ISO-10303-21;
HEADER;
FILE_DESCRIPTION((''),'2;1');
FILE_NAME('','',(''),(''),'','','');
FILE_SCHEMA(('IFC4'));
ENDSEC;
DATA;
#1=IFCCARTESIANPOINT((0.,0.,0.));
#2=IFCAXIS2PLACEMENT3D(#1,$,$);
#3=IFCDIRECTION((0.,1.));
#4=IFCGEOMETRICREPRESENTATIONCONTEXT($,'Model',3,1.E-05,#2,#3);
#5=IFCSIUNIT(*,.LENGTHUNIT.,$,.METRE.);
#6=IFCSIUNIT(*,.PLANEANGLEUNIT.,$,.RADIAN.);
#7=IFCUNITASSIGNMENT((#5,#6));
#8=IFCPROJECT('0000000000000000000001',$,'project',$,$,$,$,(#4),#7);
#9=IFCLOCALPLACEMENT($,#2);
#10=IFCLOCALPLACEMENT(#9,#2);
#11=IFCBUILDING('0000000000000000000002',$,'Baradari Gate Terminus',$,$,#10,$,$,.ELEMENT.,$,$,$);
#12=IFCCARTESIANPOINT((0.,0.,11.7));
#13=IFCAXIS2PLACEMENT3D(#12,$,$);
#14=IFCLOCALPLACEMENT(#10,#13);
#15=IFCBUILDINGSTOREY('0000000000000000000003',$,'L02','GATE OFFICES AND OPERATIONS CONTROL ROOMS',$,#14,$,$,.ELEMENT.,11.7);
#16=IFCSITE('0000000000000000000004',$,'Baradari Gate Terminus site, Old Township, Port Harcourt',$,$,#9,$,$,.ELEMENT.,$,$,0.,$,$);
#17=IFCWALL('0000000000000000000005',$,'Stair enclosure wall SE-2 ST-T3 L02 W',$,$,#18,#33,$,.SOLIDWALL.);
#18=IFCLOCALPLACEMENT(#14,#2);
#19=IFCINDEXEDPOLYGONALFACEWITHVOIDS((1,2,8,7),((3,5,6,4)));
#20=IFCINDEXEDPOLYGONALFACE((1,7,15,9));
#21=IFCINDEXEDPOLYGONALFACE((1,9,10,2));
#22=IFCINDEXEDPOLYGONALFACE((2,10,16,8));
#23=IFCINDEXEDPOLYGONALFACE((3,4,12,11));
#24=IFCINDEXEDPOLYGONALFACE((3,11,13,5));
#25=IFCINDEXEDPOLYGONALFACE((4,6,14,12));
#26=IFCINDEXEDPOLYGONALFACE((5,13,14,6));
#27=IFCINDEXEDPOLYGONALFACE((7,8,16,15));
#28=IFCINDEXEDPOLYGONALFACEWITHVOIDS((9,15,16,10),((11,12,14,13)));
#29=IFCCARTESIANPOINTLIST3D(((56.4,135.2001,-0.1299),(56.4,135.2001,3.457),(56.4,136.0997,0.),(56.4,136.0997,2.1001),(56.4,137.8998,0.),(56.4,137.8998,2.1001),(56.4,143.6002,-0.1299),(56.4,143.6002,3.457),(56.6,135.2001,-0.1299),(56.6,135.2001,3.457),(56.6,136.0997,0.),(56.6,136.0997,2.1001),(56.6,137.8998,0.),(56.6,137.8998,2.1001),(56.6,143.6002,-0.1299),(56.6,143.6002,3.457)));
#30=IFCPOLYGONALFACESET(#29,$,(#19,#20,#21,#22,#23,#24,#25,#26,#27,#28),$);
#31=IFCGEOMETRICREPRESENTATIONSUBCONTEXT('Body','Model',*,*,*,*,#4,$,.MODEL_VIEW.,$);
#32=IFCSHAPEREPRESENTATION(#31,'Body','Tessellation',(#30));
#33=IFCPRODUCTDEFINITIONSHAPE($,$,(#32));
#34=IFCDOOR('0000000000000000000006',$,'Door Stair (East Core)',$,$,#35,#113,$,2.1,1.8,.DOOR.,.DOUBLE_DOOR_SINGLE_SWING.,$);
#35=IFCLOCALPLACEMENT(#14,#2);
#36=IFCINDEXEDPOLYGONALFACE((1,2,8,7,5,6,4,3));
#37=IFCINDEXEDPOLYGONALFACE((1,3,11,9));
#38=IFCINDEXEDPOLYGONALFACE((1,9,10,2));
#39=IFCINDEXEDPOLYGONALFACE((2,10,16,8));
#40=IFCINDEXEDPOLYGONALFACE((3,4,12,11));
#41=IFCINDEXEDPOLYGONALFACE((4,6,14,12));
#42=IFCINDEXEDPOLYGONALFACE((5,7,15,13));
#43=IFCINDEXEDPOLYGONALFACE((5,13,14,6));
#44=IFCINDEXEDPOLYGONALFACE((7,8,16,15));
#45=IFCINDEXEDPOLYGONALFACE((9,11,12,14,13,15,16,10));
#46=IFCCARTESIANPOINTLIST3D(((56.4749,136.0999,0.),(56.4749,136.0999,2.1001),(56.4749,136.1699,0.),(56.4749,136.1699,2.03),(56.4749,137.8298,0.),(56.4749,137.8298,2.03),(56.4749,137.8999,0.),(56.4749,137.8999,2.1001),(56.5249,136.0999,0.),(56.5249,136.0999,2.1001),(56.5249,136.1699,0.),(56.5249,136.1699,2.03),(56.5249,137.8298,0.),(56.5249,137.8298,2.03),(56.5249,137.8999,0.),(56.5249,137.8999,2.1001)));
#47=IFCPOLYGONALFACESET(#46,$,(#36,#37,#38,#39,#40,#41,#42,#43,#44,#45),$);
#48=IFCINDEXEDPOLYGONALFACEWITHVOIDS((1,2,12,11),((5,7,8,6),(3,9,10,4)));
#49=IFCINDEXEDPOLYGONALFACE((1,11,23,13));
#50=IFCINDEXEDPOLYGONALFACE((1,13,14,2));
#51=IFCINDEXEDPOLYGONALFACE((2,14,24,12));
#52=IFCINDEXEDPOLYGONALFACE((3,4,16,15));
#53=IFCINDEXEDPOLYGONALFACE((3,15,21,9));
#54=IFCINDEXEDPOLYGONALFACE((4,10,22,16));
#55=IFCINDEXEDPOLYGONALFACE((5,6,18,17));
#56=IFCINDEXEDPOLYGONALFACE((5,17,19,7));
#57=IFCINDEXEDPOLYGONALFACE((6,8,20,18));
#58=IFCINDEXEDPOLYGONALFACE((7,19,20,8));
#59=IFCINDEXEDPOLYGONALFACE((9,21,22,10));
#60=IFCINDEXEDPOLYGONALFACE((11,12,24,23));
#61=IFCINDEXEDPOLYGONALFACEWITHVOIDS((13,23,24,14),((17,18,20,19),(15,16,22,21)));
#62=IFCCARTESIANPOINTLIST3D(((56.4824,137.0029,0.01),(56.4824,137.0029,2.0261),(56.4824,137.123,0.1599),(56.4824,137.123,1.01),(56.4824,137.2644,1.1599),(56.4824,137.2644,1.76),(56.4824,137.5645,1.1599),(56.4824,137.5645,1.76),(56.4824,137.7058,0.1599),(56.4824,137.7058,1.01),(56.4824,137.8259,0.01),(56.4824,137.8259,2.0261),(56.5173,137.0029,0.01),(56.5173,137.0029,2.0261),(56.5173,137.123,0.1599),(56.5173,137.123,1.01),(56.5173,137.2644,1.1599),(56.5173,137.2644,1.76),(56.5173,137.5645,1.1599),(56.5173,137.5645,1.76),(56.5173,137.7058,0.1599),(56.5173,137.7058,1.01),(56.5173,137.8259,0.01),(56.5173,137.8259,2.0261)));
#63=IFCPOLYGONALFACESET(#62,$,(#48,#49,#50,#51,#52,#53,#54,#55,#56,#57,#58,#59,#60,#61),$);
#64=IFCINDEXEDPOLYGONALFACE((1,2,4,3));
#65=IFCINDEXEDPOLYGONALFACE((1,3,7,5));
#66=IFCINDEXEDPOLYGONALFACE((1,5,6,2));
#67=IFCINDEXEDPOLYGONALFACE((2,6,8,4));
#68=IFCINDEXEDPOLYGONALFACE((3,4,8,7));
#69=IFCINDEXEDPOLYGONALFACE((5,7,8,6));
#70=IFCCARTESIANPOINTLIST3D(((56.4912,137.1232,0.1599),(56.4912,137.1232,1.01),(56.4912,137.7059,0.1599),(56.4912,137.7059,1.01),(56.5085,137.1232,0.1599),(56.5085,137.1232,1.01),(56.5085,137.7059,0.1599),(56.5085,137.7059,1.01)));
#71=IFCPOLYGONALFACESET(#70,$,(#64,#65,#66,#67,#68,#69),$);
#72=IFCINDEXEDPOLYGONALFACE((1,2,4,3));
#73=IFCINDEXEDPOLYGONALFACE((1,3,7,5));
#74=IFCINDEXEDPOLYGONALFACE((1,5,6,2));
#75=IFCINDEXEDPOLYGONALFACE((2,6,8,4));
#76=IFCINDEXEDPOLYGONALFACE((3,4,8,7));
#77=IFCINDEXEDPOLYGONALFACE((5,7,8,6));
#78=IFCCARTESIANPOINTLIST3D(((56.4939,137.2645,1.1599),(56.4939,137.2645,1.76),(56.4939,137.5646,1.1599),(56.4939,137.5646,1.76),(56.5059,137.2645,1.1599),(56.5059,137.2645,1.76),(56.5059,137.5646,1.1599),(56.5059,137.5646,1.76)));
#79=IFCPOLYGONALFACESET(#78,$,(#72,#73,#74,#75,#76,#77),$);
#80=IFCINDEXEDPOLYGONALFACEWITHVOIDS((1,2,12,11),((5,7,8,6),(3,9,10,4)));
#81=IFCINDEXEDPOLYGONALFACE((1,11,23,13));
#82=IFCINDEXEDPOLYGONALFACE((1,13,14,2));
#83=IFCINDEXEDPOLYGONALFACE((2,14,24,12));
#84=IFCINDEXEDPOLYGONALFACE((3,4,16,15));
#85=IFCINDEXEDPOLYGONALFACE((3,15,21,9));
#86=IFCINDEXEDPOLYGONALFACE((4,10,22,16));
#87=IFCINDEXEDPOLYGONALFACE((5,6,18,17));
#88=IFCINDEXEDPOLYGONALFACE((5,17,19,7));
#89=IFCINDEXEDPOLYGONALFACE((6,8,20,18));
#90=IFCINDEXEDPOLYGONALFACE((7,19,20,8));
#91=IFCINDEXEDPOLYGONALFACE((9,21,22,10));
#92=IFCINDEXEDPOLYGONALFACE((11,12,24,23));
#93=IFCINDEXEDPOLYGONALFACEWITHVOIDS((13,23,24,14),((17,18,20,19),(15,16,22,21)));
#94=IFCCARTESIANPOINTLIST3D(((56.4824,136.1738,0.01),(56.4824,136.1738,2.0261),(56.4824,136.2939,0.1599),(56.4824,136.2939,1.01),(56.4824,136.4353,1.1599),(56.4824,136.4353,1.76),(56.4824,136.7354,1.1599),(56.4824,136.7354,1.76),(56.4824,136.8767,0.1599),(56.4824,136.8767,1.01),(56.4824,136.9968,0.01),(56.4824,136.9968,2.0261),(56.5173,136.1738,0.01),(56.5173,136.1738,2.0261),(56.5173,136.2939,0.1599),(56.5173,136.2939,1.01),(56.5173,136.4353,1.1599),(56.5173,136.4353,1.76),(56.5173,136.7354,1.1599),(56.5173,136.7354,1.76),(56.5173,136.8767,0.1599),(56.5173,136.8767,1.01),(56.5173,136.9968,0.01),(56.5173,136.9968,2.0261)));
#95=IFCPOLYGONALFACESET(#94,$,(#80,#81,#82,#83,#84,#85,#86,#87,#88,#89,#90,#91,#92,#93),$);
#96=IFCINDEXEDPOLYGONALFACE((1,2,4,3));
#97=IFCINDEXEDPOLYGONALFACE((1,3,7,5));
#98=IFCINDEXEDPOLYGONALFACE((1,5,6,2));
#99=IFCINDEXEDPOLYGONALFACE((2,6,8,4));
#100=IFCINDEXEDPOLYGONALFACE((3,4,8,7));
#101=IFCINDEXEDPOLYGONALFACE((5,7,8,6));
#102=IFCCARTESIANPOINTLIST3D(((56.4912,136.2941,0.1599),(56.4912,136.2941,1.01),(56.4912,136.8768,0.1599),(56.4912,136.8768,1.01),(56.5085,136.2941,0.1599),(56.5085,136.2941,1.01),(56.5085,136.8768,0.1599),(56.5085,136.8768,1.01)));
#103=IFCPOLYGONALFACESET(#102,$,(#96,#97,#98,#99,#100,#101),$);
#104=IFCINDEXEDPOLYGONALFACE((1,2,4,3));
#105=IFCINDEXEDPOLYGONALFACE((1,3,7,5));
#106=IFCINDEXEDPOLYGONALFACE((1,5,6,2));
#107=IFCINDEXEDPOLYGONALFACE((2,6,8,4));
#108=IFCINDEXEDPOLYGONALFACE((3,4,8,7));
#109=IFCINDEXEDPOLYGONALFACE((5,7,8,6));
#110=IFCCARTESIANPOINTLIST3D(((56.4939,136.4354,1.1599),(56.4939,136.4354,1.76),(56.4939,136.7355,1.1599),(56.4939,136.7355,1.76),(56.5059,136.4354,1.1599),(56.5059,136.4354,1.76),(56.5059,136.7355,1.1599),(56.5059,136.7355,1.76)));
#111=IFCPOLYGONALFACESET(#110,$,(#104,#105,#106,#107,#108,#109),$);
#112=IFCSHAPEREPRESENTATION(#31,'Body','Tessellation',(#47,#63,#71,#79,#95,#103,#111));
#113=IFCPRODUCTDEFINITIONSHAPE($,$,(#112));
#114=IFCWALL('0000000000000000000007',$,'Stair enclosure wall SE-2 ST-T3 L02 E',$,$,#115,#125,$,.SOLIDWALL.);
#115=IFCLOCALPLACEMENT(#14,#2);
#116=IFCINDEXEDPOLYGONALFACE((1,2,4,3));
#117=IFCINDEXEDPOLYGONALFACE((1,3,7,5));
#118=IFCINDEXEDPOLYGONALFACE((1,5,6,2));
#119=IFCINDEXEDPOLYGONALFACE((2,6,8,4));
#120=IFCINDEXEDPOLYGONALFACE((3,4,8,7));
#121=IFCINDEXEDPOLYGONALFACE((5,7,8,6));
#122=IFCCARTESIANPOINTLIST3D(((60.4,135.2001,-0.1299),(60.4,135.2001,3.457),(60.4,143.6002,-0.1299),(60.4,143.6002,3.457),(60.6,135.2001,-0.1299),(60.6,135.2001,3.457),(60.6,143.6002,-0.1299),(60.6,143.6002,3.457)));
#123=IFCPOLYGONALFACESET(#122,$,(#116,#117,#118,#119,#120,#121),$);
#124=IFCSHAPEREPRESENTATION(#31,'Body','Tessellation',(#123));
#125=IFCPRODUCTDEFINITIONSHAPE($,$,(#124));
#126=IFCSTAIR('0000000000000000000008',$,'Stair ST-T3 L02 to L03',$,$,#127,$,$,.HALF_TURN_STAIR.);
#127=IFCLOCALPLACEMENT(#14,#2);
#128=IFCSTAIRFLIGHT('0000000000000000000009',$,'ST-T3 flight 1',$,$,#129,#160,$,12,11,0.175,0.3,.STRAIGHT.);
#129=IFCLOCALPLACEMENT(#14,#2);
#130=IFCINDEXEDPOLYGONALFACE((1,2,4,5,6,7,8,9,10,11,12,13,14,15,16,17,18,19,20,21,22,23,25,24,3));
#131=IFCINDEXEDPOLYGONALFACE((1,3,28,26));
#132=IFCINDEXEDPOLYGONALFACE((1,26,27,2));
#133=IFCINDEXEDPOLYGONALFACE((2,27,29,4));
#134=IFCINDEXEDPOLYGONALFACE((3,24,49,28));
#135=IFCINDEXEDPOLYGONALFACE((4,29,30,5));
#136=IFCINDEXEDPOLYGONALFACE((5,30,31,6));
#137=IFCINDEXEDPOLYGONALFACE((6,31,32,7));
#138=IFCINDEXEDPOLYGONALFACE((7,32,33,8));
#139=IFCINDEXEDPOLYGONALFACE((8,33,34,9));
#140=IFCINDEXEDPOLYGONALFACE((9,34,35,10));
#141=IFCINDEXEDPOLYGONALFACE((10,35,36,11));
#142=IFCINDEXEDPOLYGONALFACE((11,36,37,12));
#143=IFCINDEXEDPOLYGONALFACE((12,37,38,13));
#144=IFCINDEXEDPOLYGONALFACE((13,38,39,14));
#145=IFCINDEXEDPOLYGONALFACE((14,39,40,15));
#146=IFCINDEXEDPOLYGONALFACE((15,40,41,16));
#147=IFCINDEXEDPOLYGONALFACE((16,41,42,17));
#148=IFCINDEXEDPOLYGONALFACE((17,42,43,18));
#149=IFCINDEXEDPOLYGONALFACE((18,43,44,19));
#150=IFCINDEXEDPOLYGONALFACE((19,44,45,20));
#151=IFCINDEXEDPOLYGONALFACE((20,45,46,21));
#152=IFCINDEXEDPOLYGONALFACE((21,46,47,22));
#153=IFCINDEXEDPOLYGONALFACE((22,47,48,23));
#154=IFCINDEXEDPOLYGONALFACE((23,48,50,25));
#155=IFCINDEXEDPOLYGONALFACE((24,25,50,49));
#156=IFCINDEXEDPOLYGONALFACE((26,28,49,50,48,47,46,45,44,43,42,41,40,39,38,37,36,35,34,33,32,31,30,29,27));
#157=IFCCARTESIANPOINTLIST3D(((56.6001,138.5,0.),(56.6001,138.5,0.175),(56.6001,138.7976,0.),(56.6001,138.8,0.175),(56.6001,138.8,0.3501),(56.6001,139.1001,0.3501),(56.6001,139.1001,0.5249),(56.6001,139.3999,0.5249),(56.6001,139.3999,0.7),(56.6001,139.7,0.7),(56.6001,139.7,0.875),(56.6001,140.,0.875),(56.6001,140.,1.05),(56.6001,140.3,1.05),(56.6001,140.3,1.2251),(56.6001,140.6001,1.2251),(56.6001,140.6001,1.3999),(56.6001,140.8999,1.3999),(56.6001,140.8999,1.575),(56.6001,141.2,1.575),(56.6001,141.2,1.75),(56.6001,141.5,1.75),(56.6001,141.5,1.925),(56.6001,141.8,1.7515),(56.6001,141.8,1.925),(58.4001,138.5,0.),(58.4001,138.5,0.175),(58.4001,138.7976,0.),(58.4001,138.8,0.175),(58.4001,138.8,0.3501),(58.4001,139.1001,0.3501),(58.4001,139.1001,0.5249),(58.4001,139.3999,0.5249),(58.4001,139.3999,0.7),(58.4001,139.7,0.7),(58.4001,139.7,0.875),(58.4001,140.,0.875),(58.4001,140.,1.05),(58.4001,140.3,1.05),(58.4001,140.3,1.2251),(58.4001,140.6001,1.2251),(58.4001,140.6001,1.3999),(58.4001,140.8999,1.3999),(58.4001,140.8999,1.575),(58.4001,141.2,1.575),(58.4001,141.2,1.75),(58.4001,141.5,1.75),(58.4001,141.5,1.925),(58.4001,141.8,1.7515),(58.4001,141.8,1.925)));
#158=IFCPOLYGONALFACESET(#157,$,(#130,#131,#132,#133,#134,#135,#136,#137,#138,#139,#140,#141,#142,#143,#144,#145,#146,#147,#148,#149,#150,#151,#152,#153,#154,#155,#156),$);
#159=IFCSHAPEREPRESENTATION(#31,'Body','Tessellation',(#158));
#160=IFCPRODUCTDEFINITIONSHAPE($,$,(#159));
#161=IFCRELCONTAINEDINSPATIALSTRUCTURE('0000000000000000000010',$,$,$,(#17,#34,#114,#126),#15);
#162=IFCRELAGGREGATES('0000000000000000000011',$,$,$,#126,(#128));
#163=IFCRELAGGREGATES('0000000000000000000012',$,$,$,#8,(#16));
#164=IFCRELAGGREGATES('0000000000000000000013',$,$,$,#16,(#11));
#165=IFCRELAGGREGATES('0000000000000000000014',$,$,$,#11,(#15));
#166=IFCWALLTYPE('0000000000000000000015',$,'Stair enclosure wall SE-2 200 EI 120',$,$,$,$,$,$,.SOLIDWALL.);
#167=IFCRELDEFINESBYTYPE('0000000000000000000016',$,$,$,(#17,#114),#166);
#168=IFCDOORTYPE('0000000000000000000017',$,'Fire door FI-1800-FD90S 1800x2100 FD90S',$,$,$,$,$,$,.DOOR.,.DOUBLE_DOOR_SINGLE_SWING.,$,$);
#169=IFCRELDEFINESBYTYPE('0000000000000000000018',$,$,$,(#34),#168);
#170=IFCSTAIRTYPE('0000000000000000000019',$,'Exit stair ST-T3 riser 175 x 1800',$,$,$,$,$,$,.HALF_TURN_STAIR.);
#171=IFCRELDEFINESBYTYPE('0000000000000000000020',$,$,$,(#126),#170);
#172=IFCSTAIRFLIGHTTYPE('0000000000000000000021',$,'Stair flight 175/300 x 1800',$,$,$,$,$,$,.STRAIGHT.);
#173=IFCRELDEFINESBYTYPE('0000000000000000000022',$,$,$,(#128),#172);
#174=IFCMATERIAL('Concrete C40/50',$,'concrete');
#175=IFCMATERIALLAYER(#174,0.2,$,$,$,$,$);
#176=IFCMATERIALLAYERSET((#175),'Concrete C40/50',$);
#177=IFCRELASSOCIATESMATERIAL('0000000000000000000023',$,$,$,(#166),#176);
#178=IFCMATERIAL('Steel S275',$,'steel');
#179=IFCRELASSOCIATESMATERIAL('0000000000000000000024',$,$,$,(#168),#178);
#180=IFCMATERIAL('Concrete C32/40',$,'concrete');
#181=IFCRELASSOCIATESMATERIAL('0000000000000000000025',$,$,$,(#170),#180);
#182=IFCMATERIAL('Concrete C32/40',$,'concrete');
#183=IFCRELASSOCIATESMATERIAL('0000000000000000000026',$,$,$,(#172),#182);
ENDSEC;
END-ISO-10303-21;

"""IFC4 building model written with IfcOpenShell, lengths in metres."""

from ifc_helpers import new_model, si_unit, direction, frame, frame_2d, origin, place, context, subcontext, project, spatial, polyline, rectangle, outline, extrude, material, layer, layer_set, type_object, element, fill, aggregate, save


model = new_model("IFC4")

# Units and contexts
model_context = context("Model", 3, precision=1e-05, world=origin(), true_north=direction((0.0, 1.0)))
body_context = subcontext(model_context, "Body", "Model", "MODEL_VIEW")
ifc_project = project(units=[si_unit("LENGTHUNIT", "METRE"), si_unit("PLANEANGLEUNIT", "RADIAN")], contexts=[model_context])

# Site, building, storey
site_placement = place(None, origin())
site = spatial("IfcSite", under=ifc_project, at=site_placement, Name="Baradari Gate Terminus site, Old Township, Port Harcourt", CompositionType="ELEMENT", RefElevation=0.0)
building_placement = place(site_placement, origin())
building = spatial("IfcBuilding", under=site, at=building_placement, Name="Baradari Gate Terminus", CompositionType="ELEMENT")
storey_placement = place(building_placement, frame((0.0, 0.0, 11.7)))
storey = spatial("IfcBuildingStorey", under=building, at=storey_placement, Name="L02", Description="GATE OFFICES AND OPERATIONS CONTROL ROOMS", CompositionType="ELEMENT", Elevation=11.7)

# Wall, opening, door
ifc_material_1 = material(Name="Concrete C40/50", Category="concrete")
ifc_layer_1 = layer(ifc_material_1, 0.2)
ifc_layer_set_1 = layer_set([ifc_layer_1], Name="Concrete C40/50")
wall_type_1 = type_object("IfcWallType", Name="Stair enclosure wall SE-2 200 EI 120", PredefinedType="SOLIDWALL", material=ifc_layer_set_1)
ifc_material_2 = material(Name="Steel S275", Category="steel")
door_type_1 = type_object("IfcDoorType", Name="Fire door FI-1800-FD90S 1800x2100 FD90S", OperationType="DOUBLE_DOOR_SINGLE_SWING", PredefinedType="DOOR", material=ifc_material_2)
wall_1_placement = place(storey_placement, frame((56.5, 135.2, -0.1299), z_axis=(0.0, 0.0, 1.0), x_axis=(0.0, 1.0, 0.0)))
wall_1 = element("IfcWall", 1, at=wall_1_placement, inside=storey, type_object=wall_type_1, Name="Stair enclosure wall SE-2 ST-T3 L02 W", PredefinedType="SOLIDWALL", context=body_context, shape_type="SweptSolid", body=[
    extrude(rectangle(XDim=8.4001, YDim=0.2, at=frame_2d((4.2002, 0.0))), origin(), (0.0, 0.0, 1.0), 3.5869),
])
opening_1_placement = place(wall_1_placement, frame((0.8999, 0.0, 0.1299)))
opening_1 = element("IfcOpeningElement", 2, at=opening_1_placement, cuts=wall_1, PredefinedType="OPENING", context=body_context, shape_type="SweptSolid", body=[
    extrude(rectangle(XDim=1.8, YDim=2.1001, at=frame_2d((0.8999, 1.05))), frame((0.0, 0.1099, 0.0), z_axis=(0.0, -1.0, 0.0), x_axis=(1.0, 0.0, 0.0)), (0.0, 0.0, 1.0), 0.22),
])
door_1_placement = place(opening_1_placement, frame((1.8, 0.0, 0.0), z_axis=(0.0, 0.0, 1.0), x_axis=(-1.0, 0.0, 0.0)))
door_1 = element("IfcDoor", 3, at=door_1_placement, inside=storey, type_object=door_type_1, Name="Door Stair (East Core)", OperationType="DOUBLE_DOOR_SINGLE_SWING", OverallHeight=2.1, OverallWidth=1.8, PredefinedType="DOOR", context=body_context, shape_type="SweptSolid", body=[
    extrude(outline(polyline([(0.0, 0.0), (0.0701, 0.0), (0.0701, 2.03), (1.73, 2.03), (1.73, 0.0), (1.8, 0.0), (1.8, 2.1001), (0.0, 2.1001), (0.0, 0.0)])), frame((0.0, 0.0249, 0.0), z_axis=(0.0, -1.0, 0.0), x_axis=(1.0, 0.0, 0.0)), (0.0, 0.0, 1.0), 0.05),
    extrude(outline(polyline([(0.074, 0.01), (0.897, 0.01), (0.897, 2.0261), (0.074, 2.0261), (0.074, 0.01)]), holes=[polyline([(0.1941, 0.1599), (0.7769, 0.1599), (0.7769, 1.01), (0.1941, 1.01), (0.1941, 0.1599)]), polyline([(0.3354, 1.1599), (0.6355, 1.1599), (0.6355, 1.76), (0.3354, 1.76), (0.3354, 1.1599)])]), frame((0.0, 0.0173, 0.0), z_axis=(0.0, -1.0, 0.0), x_axis=(1.0, 0.0, 0.0)), (0.0, 0.0, 1.0), 0.0349),
    extrude(rectangle(XDim=0.5828, YDim=0.8501, at=frame_2d((0.4854, 0.585))), frame((0.0, 0.0085, 0.0), z_axis=(0.0, -1.0, 0.0), x_axis=(1.0, 0.0, 0.0)), (0.0, 0.0, 1.0), 0.0173),
    extrude(rectangle(XDim=0.3, YDim=0.6001, at=frame_2d((0.4854, 1.46))), frame((0.0, 0.0059, 0.0), z_axis=(0.0, -1.0, 0.0), x_axis=(1.0, 0.0, 0.0)), (0.0, 0.0, 1.0), 0.012),
    extrude(outline(polyline([(0.9031, 0.01), (1.7261, 0.01), (1.7261, 2.0261), (0.9031, 2.0261), (0.9031, 0.01)]), holes=[polyline([(1.0232, 0.1599), (1.606, 0.1599), (1.606, 1.01), (1.0232, 1.01), (1.0232, 0.1599)]), polyline([(1.1646, 1.1599), (1.4646, 1.1599), (1.4646, 1.76), (1.1646, 1.76), (1.1646, 1.1599)])]), frame((0.0, 0.0173, 0.0), z_axis=(0.0, -1.0, 0.0), x_axis=(1.0, 0.0, 0.0)), (0.0, 0.0, 1.0), 0.0349),
    extrude(rectangle(XDim=0.5828, YDim=0.8501, at=frame_2d((1.3145, 0.585))), frame((0.0, 0.0085, 0.0), z_axis=(0.0, -1.0, 0.0), x_axis=(1.0, 0.0, 0.0)), (0.0, 0.0, 1.0), 0.0173),
    extrude(rectangle(XDim=0.3, YDim=0.6001, at=frame_2d((1.3145, 1.46))), frame((0.0, 0.0059, 0.0), z_axis=(0.0, -1.0, 0.0), x_axis=(1.0, 0.0, 0.0)), (0.0, 0.0, 1.0), 0.012),
])
fill(opening_1, door_1)

# Wall
wall_2_placement = place(storey_placement, frame((60.5, 135.2, -0.1299), z_axis=(0.0, 0.0, 1.0), x_axis=(0.0, 1.0, 0.0)))
element("IfcWall", 4, at=wall_2_placement, inside=storey, type_object=wall_type_1, Name="Stair enclosure wall SE-2 ST-T3 L02 E", PredefinedType="SOLIDWALL", context=body_context, shape_type="SweptSolid", body=[
    extrude(rectangle(XDim=8.4001, YDim=0.2, at=frame_2d((4.2002, 0.0))), origin(), (0.0, 0.0, 1.0), 3.5869),
])

# Stair, stair flight
ifc_material_3 = material(Name="Concrete C32/40", Category="concrete")
stair_type = type_object("IfcStairType", Name="Exit stair ST-T3 riser 175 x 1800", PredefinedType="HALF_TURN_STAIR", material=ifc_material_3)
stair_placement = place(storey_placement, origin())
stair = element("IfcStair", 5, at=stair_placement, inside=storey, type_object=stair_type, Name="Stair ST-T3 L02 to L03", PredefinedType="HALF_TURN_STAIR")
ifc_material_4 = material(Name="Concrete C32/40", Category="concrete")
stair_flight_type = type_object("IfcStairFlightType", Name="Stair flight 175/300 x 1800", PredefinedType="STRAIGHT", material=ifc_material_4)
stair_flight_1_placement = place(storey_placement, frame((57.5, 138.5, 0.0), z_axis=(0.0, 0.0, 1.0), x_axis=(0.0, 1.0, 0.0)))
stair_flight_1 = element("IfcStairFlight", 6, at=stair_flight_1_placement, type_object=stair_flight_type, Name="ST-T3 flight 1", NumberOfRisers=12, NumberOfTreads=11, PredefinedType="STRAIGHT", RiserHeight=0.175, TreadLength=0.3, context=body_context, shape_type="SweptSolid", body=[
    extrude(outline(polyline([(0.0, 0.0), (0.0, 0.175), (0.3, 0.175), (0.3, 0.3501), (0.6001, 0.3501), (0.6001, 0.5249), (0.8999, 0.5249), (0.8999, 0.7), (1.2, 0.7), (1.2, 0.875), (1.5, 0.875), (1.5, 1.05), (1.8, 1.05), (1.8, 1.2251), (2.1001, 1.2251), (2.1001, 1.3999), (2.3999, 1.3999), (2.3999, 1.575), (2.7, 1.575), (2.7, 1.75), (3.0, 1.75), (3.0, 1.925), (3.3, 1.925), (3.3, 2.1001), (3.3, 1.7515), (0.2976, 0.0), (0.0, 0.0)])), frame((0.0, 0.8999, 0.0), z_axis=(0.0, -1.0, 0.0), x_axis=(1.0, 0.0, 0.0)), (0.0, 0.0, 1.0), 1.8),
])
aggregate(stair, [stair_flight_1])

save(model, "model.ifc")
